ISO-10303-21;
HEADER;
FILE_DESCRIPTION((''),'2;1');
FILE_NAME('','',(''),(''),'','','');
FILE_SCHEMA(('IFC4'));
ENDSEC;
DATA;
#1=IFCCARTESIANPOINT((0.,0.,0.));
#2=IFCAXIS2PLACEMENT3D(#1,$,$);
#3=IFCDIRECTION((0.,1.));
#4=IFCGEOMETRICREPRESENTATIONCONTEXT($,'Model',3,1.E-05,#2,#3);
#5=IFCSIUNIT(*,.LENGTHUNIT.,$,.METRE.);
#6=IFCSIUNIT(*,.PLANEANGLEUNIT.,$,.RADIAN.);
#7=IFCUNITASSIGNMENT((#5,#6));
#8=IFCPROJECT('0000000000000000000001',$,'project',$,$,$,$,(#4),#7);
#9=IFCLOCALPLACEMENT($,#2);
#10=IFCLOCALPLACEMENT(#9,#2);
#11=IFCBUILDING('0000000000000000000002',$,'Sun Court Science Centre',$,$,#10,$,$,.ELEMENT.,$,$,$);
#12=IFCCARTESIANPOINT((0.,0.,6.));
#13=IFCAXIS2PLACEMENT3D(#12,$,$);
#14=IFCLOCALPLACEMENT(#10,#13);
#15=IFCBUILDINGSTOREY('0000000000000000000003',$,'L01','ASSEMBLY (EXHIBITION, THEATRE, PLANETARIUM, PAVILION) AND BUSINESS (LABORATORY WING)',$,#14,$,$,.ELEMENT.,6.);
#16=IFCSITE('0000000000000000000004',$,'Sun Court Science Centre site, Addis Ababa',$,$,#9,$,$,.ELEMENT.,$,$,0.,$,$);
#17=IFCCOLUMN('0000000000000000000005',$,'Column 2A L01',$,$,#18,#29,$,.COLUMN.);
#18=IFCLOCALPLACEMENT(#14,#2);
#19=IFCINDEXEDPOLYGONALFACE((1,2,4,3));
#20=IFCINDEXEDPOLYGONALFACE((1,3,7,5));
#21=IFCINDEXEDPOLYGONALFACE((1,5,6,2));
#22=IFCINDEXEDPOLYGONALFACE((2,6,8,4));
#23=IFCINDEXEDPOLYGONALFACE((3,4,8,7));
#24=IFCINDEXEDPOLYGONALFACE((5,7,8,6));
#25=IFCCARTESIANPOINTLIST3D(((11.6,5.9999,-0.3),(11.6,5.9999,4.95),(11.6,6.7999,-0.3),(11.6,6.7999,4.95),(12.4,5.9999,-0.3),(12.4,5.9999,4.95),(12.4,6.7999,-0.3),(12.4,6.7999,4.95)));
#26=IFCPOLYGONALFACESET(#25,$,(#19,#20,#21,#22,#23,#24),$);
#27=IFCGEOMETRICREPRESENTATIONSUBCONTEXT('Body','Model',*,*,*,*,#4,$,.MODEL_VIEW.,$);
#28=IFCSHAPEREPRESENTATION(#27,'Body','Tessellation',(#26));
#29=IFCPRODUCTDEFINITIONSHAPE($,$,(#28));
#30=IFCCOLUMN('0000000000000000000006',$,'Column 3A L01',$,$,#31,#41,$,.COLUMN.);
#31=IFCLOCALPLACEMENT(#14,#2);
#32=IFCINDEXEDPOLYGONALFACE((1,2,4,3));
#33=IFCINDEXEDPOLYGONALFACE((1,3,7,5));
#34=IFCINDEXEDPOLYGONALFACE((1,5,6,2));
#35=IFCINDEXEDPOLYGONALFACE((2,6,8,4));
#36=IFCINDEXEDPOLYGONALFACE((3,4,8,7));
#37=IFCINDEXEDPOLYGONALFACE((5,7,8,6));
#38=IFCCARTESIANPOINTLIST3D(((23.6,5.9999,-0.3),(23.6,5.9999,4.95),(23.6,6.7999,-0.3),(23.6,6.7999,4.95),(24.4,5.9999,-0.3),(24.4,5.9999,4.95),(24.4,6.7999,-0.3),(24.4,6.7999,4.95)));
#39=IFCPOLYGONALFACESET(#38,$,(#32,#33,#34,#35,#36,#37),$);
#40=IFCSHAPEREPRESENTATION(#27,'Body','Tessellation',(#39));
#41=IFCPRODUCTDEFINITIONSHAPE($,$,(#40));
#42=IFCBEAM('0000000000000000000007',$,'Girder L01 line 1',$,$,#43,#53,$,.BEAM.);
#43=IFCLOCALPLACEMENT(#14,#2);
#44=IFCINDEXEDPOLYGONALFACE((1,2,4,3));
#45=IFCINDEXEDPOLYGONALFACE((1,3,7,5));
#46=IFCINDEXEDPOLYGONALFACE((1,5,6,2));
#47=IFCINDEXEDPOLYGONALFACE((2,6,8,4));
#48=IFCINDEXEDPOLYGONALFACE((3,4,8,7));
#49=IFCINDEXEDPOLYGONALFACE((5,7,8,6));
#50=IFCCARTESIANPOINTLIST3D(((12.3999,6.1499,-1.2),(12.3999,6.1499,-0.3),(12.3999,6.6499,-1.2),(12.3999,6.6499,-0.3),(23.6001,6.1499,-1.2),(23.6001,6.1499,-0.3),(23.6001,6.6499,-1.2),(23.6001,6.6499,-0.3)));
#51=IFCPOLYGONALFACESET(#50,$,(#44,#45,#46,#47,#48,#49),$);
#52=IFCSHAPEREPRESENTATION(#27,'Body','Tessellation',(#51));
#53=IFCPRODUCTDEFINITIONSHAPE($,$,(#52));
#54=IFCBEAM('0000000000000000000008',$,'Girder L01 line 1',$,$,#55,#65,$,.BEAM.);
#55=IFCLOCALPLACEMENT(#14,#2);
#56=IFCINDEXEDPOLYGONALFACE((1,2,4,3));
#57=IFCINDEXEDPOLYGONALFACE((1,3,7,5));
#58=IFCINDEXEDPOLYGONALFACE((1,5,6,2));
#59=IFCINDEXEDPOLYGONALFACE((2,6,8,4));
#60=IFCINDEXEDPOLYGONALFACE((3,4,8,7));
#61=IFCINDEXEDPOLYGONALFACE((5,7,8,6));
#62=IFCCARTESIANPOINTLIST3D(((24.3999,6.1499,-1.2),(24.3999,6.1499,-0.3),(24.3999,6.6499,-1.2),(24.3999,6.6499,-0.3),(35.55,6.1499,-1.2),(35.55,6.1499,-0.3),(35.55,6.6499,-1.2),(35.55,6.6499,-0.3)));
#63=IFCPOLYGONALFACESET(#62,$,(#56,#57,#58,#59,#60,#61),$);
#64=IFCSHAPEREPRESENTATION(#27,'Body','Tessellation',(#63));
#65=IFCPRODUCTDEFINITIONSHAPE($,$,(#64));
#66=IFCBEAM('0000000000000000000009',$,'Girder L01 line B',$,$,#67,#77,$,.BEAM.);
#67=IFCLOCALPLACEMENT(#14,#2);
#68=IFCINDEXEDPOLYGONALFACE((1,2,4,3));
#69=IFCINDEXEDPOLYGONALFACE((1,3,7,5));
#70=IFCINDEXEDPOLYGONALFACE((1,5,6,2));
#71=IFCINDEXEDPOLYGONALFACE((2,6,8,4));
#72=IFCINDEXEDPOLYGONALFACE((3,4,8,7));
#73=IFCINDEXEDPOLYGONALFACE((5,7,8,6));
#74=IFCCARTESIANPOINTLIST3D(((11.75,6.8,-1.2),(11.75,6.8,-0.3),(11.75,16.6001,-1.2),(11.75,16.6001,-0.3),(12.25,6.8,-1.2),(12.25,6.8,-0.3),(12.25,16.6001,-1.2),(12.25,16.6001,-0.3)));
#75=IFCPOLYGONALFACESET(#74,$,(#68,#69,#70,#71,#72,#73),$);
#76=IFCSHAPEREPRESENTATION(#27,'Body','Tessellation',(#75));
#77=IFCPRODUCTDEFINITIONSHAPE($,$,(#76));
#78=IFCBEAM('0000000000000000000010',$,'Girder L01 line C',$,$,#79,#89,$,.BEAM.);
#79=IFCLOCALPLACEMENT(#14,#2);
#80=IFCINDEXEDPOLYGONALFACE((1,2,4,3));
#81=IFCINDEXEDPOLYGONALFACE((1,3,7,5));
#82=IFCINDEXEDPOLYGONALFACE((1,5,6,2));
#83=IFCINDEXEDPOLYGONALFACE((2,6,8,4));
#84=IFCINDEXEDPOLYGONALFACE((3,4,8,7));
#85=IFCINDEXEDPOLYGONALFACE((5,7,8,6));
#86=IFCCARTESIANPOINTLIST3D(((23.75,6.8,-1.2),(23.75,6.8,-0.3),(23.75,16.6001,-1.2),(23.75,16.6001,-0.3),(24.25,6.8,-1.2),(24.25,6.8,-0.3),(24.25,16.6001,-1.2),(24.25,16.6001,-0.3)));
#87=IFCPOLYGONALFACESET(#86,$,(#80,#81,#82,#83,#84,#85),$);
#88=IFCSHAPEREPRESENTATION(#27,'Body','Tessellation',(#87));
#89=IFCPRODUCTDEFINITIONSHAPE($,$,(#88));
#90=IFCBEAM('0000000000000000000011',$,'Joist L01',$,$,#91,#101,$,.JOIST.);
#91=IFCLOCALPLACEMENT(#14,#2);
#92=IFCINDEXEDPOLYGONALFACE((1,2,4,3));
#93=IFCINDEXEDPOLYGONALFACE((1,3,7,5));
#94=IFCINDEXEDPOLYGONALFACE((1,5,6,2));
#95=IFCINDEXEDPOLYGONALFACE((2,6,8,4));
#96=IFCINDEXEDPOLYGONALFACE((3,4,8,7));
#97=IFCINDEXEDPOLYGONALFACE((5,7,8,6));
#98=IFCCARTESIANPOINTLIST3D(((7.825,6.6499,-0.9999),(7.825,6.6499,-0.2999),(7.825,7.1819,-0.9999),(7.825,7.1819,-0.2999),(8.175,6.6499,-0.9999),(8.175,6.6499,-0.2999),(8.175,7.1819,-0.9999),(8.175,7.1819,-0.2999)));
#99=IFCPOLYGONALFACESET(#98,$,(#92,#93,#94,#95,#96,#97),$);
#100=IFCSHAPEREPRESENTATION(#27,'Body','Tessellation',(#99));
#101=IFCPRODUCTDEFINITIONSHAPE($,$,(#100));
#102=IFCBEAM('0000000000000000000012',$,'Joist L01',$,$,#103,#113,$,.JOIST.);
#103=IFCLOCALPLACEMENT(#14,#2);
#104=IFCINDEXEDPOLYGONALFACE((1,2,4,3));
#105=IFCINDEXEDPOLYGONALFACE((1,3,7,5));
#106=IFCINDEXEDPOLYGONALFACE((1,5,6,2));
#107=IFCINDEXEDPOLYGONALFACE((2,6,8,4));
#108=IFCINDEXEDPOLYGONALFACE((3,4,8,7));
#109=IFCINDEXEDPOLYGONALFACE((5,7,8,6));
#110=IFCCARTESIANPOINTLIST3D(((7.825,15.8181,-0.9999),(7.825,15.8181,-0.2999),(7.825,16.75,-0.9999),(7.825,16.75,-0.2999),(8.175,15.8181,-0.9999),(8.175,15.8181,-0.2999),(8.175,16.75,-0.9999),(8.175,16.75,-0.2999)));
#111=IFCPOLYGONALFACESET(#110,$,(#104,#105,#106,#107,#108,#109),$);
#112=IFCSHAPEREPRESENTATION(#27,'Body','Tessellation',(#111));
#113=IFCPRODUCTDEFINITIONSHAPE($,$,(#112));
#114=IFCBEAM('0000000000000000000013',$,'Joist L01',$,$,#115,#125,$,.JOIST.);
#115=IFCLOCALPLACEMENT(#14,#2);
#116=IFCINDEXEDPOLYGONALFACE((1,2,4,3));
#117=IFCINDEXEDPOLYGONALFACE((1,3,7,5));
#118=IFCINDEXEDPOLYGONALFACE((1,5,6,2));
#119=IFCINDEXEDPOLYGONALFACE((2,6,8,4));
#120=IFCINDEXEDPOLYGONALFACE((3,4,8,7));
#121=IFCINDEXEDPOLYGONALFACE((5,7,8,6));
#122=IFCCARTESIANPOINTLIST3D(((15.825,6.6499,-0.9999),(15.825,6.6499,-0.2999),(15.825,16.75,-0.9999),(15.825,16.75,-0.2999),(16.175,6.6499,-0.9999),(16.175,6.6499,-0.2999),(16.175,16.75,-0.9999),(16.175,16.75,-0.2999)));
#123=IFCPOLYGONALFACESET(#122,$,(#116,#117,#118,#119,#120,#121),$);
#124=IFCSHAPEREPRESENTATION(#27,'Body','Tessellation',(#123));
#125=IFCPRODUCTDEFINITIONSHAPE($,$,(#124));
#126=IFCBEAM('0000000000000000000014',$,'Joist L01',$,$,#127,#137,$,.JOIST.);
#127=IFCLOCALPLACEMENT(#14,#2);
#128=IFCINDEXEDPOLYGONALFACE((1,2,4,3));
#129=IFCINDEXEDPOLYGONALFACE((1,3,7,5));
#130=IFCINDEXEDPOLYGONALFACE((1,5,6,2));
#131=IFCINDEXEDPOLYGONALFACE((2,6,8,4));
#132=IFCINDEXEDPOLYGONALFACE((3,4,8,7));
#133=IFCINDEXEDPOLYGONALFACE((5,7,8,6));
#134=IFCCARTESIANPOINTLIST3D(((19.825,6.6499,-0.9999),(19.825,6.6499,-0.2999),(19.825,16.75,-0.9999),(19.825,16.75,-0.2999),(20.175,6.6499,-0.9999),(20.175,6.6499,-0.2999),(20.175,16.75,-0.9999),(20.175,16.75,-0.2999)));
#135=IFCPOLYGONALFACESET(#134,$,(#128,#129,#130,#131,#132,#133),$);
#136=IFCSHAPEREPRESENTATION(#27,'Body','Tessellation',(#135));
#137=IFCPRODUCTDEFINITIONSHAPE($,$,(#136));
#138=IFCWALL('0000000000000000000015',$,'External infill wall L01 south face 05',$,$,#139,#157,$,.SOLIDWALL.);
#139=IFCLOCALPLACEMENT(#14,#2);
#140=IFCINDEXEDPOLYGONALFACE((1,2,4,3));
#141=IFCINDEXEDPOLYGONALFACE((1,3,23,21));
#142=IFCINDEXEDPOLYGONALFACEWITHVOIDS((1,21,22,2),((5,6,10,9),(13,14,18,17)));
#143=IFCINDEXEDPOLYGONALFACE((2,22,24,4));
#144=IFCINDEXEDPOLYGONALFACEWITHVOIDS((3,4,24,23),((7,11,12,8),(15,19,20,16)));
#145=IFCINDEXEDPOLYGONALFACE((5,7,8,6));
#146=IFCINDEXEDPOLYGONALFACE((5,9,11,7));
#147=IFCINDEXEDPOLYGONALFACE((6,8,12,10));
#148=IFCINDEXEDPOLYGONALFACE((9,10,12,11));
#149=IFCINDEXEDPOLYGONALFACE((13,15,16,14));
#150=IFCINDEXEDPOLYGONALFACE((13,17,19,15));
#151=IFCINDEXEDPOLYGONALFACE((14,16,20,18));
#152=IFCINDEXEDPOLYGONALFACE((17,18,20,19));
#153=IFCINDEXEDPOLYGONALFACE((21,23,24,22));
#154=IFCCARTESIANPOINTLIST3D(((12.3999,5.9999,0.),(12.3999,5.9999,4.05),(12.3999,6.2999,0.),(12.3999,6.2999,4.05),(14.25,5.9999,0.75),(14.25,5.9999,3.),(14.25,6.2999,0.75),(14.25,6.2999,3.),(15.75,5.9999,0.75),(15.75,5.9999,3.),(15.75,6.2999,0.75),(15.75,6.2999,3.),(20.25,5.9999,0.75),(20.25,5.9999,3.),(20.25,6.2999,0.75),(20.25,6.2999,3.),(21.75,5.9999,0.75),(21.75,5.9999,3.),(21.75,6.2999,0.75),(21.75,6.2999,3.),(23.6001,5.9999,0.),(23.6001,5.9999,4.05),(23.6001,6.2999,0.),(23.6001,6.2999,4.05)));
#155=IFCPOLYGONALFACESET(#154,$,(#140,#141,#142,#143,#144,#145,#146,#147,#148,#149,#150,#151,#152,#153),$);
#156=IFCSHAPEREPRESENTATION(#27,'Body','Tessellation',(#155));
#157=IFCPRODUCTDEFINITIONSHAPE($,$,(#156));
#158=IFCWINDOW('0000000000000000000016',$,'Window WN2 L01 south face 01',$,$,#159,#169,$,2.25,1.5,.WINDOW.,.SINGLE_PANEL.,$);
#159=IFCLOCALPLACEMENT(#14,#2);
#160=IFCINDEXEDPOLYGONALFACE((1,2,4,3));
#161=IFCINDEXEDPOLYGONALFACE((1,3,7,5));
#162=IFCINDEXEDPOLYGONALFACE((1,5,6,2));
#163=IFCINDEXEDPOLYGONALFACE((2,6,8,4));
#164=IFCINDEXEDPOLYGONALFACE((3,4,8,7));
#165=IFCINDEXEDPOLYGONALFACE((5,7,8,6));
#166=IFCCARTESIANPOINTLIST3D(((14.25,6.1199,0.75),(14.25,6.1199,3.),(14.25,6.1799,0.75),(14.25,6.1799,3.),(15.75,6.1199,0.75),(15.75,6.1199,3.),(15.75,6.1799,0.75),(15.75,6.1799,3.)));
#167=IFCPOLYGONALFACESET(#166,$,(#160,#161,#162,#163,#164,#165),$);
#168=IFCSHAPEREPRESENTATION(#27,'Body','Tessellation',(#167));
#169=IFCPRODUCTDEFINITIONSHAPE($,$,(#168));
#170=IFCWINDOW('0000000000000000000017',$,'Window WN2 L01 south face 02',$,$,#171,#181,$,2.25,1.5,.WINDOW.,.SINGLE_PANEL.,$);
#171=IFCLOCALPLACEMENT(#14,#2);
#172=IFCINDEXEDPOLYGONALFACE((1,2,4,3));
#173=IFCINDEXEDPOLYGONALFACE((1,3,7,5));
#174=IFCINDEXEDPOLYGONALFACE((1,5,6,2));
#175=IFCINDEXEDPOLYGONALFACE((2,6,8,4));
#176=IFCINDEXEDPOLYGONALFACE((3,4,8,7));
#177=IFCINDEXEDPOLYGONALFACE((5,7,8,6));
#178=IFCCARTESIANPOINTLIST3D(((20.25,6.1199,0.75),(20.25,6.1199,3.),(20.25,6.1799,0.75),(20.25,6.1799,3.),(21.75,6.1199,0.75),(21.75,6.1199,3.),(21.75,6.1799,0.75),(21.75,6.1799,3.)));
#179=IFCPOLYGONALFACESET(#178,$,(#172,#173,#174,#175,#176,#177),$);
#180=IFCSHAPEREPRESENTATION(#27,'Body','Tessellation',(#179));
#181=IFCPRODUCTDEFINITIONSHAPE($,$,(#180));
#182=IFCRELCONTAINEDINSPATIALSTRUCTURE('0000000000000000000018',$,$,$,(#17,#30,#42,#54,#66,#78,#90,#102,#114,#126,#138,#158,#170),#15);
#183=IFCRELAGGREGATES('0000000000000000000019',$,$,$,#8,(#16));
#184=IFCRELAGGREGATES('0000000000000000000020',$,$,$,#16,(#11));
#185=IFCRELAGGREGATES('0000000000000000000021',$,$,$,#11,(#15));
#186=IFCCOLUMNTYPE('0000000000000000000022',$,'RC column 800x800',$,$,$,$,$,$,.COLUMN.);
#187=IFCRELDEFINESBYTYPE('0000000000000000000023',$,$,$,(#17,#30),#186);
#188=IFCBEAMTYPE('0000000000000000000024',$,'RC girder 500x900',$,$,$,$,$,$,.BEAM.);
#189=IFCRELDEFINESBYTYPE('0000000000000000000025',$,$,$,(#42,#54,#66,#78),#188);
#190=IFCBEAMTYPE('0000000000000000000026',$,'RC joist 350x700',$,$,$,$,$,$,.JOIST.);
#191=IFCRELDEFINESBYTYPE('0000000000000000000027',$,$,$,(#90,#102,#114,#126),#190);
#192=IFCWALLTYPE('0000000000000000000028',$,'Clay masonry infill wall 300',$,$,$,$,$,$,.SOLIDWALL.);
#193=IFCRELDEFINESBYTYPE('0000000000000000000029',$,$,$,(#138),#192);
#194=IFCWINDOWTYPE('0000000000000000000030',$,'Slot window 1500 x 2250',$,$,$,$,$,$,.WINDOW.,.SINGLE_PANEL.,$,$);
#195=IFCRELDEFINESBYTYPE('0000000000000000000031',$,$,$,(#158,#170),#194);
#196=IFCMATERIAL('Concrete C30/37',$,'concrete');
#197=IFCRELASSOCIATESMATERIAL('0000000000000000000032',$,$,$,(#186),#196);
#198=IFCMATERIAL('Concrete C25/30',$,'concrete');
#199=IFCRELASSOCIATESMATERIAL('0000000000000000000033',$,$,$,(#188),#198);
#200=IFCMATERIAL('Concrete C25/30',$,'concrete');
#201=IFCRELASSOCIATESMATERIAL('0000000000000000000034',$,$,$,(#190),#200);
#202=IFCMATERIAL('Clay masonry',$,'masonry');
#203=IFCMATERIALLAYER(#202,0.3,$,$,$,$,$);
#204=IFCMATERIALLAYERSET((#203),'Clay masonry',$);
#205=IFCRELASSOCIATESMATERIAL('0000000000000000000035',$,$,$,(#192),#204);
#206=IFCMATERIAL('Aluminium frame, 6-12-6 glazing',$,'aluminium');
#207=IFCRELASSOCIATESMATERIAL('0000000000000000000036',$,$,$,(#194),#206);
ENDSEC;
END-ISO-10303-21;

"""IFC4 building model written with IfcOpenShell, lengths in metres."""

from ifc_helpers import new_model, si_unit, direction, frame, frame_2d, origin, origin_2d, place, context, subcontext, project, spatial, rectangle, extrude, material, layer, layer_set, material_profile, profile_set, type_object, element, fill, save


model = new_model("IFC4")

# Units and contexts
model_context = context("Model", 3, precision=1e-05, world=origin(), true_north=direction((0.0, 1.0)))
body_context = subcontext(model_context, "Body", "Model", "MODEL_VIEW")
ifc_project = project(units=[si_unit("LENGTHUNIT", "METRE"), si_unit("PLANEANGLEUNIT", "RADIAN")], contexts=[model_context])

# Site, building, storey
site_placement = place(None, origin())
site = spatial("IfcSite", under=ifc_project, at=site_placement, Name="Sun Court Science Centre site, Addis Ababa", CompositionType="ELEMENT", RefElevation=0.0)
building_placement = place(site_placement, origin())
building = spatial("IfcBuilding", under=site, at=building_placement, Name="Sun Court Science Centre", CompositionType="ELEMENT")
storey_placement = place(building_placement, frame((0.0, 0.0, 6.0)))
storey = spatial("IfcBuildingStorey", under=building, at=storey_placement, Name="L01", Description="ASSEMBLY (EXHIBITION, THEATRE, PLANETARIUM, PAVILION) AND BUSINESS (LABORATORY WING)", CompositionType="ELEMENT", Elevation=6.0)

# Columns
ifc_material_1 = material(Name="Concrete C30/37", Category="concrete")
ifc_material_profile_1 = material_profile(ifc_material_1, rectangle(XDim=0.8, YDim=0.8, at=origin_2d()), Name="RC 800x800")
ifc_profile_set_1 = profile_set([ifc_material_profile_1], Name="Concrete C30/37")
column_type = type_object("IfcColumnType", Name="RC column 800x800", PredefinedType="COLUMN", material=ifc_profile_set_1)
for number, where, z_axis, x_axis, name in (
    (1, (12.0, 6.3999, -0.3), (0.0, 0.0, 1.0), (1.0, 0.0, 0.0), "Column 2A L01"),
    (2, (24.0, 6.3999, -0.3), (0.0, 0.0, 1.0), (1.0, 0.0, 0.0), "Column 3A L01"),
):
    element("IfcColumn", number, at=place(storey_placement, frame(where, z_axis=z_axis, x_axis=x_axis)), inside=storey, type_object=column_type, Name=name, PredefinedType="COLUMN", context=body_context, shape_type="SweptSolid", body=[
        extrude(rectangle(XDim=0.8, YDim=0.8, at=origin_2d()), origin(), (0.0, 0.0, 1.0), 5.25),
    ])

# Beams
ifc_material_2 = material(Name="Concrete C25/30", Category="concrete")
ifc_material_profile_2 = material_profile(ifc_material_2, rectangle(XDim=0.5, YDim=0.8999, at=origin_2d()), Name="RC 500x900")
ifc_profile_set_2 = profile_set([ifc_material_profile_2], Name="Concrete C25/30")
beam_type_1 = type_object("IfcBeamType", Name="RC girder 500x900", PredefinedType="BEAM", material=ifc_profile_set_2)
beam_1_placement = place(storey_placement, frame((12.3999, 6.3999, -0.75), z_axis=(1.0, 0.0, 0.0), x_axis=(0.0, 1.0, 0.0)))
element("IfcBeam", 3, at=beam_1_placement, inside=storey, type_object=beam_type_1, Name="Girder L01 line 1", PredefinedType="BEAM", context=body_context, shape_type="SweptSolid", body=[
    extrude(rectangle(XDim=0.5, YDim=0.8999, at=origin_2d()), origin(), (0.0, 0.0, 1.0), 11.2002),
])
beam_2_placement = place(storey_placement, frame((24.3999, 6.3999, -0.75), z_axis=(1.0, 0.0, 0.0), x_axis=(0.0, 1.0, 0.0)))
element("IfcBeam", 4, at=beam_2_placement, inside=storey, type_object=beam_type_1, Name="Girder L01 line 1", PredefinedType="BEAM", context=body_context, shape_type="SweptSolid", body=[
    extrude(rectangle(XDim=0.5, YDim=0.8999, at=origin_2d()), origin(), (0.0, 0.0, 1.0), 11.1501),
])
for number, where, z_axis, x_axis, name in (
    (5, (12.0, 6.8, -0.75), (0.0, 1.0, 0.0), (-1.0, 0.0, 0.0), "Girder L01 line B"),
    (6, (24.0, 6.8, -0.75), (0.0, 1.0, 0.0), (-1.0, 0.0, 0.0), "Girder L01 line C"),
):
    element("IfcBeam", number, at=place(storey_placement, frame(where, z_axis=z_axis, x_axis=x_axis)), inside=storey, type_object=beam_type_1, Name=name, PredefinedType="BEAM", context=body_context, shape_type="SweptSolid", body=[
        extrude(rectangle(XDim=0.5, YDim=0.8999, at=origin_2d()), origin(), (0.0, 0.0, 1.0), 9.8),
    ])
ifc_material_3 = material(Name="Concrete C25/30", Category="concrete")
ifc_material_profile_3 = material_profile(ifc_material_3, rectangle(XDim=0.3501, YDim=0.7, at=origin_2d()), Name="RC 350x700")
ifc_profile_set_3 = profile_set([ifc_material_profile_3], Name="Concrete C25/30")
beam_type_2 = type_object("IfcBeamType", Name="RC joist 350x700", PredefinedType="JOIST", material=ifc_profile_set_3)
beam_3_placement = place(storey_placement, frame((8.0, 6.6499, -0.6499), z_axis=(0.0, 1.0, 0.0), x_axis=(-1.0, 0.0, 0.0)))
element("IfcBeam", 7, at=beam_3_placement, inside=storey, type_object=beam_type_2, Name="Joist L01", PredefinedType="JOIST", context=body_context, shape_type="SweptSolid", body=[
    extrude(rectangle(XDim=0.3501, YDim=0.7, at=origin_2d()), origin(), (0.0, 0.0, 1.0), 0.532),
])
beam_4_placement = place(storey_placement, frame((8.0, 15.8181, -0.6499), z_axis=(0.0, 1.0, 0.0), x_axis=(-1.0, 0.0, 0.0)))
element("IfcBeam", 8, at=beam_4_placement, inside=storey, type_object=beam_type_2, Name="Joist L01", PredefinedType="JOIST", context=body_context, shape_type="SweptSolid", body=[
    extrude(rectangle(XDim=0.3501, YDim=0.7, at=origin_2d()), origin(), (0.0, 0.0, 1.0), 0.9319),
])
for number, where, z_axis, x_axis, name in (
    (9, (16.0, 6.6499, -0.6499), (0.0, 1.0, 0.0), (-1.0, 0.0, 0.0), "Joist L01"),
    (10, (20.0, 6.6499, -0.6499), (0.0, 1.0, 0.0), (-1.0, 0.0, 0.0), "Joist L01"),
):
    element("IfcBeam", number, at=place(storey_placement, frame(where, z_axis=z_axis, x_axis=x_axis)), inside=storey, type_object=beam_type_2, Name=name, PredefinedType="JOIST", context=body_context, shape_type="SweptSolid", body=[
        extrude(rectangle(XDim=0.3501, YDim=0.7, at=origin_2d()), origin(), (0.0, 0.0, 1.0), 10.1001),
    ])

# Wall, openings, windows
ifc_material_4 = material(Name="Clay masonry", Category="masonry")
ifc_layer_1 = layer(ifc_material_4, 0.3)
ifc_layer_set_1 = layer_set([ifc_layer_1], Name="Clay masonry")
wall_type_1 = type_object("IfcWallType", Name="Clay masonry infill wall 300", PredefinedType="SOLIDWALL", material=ifc_layer_set_1)
wall_1_placement = place(storey_placement, frame((23.6001, 6.1499, 0.0), z_axis=(0.0, 0.0, 1.0), x_axis=(-1.0, 0.0, 0.0)))
wall_1 = element("IfcWall", 11, at=wall_1_placement, inside=storey, type_object=wall_type_1, Name="External infill wall L01 south face 05", PredefinedType="SOLIDWALL", context=body_context, shape_type="SweptSolid", body=[
    extrude(rectangle(XDim=11.2002, YDim=0.3, at=frame_2d((5.6001, 0.0))), origin(), (0.0, 0.0, 1.0), 4.05),
])
opening_1_placement = place(wall_1_placement, frame((7.8501, 0.0, 0.75)))
opening_1 = element("IfcOpeningElement", 12, at=opening_1_placement, cuts=wall_1, PredefinedType="OPENING", context=body_context, shape_type="SweptSolid", body=[
    extrude(rectangle(XDim=1.5, YDim=2.25, at=frame_2d((0.75, 1.125))), frame((0.0, 0.1599, 0.0), z_axis=(0.0, -1.0, 0.0), x_axis=(1.0, 0.0, 0.0)), (0.0, 0.0, 1.0), 0.3201),
])
opening_2_placement = place(wall_1_placement, frame((1.8501, 0.0, 0.75)))
opening_2 = element("IfcOpeningElement", 13, at=opening_2_placement, cuts=wall_1, PredefinedType="OPENING", context=body_context, shape_type="SweptSolid", body=[
    extrude(rectangle(XDim=1.5, YDim=2.25, at=frame_2d((0.75, 1.125))), frame((0.0, 0.1599, 0.0), z_axis=(0.0, -1.0, 0.0), x_axis=(1.0, 0.0, 0.0)), (0.0, 0.0, 1.0), 0.3201),
])
ifc_material_5 = material(Name="Aluminium frame, 6-12-6 glazing", Category="aluminium")
window_type = type_object("IfcWindowType", Name="Slot window 1500 x 2250", PartitioningType="SINGLE_PANEL", PredefinedType="WINDOW", material=ifc_material_5)
window_1_placement = place(opening_1_placement, origin())
window_1 = element("IfcWindow", 14, at=window_1_placement, inside=storey, type_object=window_type, Name="Window WN2 L01 south face 01", OverallHeight=2.25, OverallWidth=1.5, PartitioningType="SINGLE_PANEL", PredefinedType="WINDOW", context=body_context, shape_type="SweptSolid", body=[
    extrude(rectangle(XDim=1.5, YDim=2.25, at=frame_2d((0.75, 1.125))), frame((0.0, 0.03, 0.0), z_axis=(0.0, -1.0, 0.0), x_axis=(1.0, 0.0, 0.0)), (0.0, 0.0, 1.0), 0.0601),
])
fill(opening_1, window_1)
window_2_placement = place(opening_2_placement, origin())
window_2 = element("IfcWindow", 15, at=window_2_placement, inside=storey, type_object=window_type, Name="Window WN2 L01 south face 02", OverallHeight=2.25, OverallWidth=1.5, PartitioningType="SINGLE_PANEL", PredefinedType="WINDOW", context=body_context, shape_type="SweptSolid", body=[
    extrude(rectangle(XDim=1.5, YDim=2.25, at=frame_2d((0.75, 1.125))), frame((0.0, 0.03, 0.0), z_axis=(0.0, -1.0, 0.0), x_axis=(1.0, 0.0, 0.0)), (0.0, 0.0, 1.0), 0.0601),
])
fill(opening_2, window_2)

save(model, "model.ifc")
